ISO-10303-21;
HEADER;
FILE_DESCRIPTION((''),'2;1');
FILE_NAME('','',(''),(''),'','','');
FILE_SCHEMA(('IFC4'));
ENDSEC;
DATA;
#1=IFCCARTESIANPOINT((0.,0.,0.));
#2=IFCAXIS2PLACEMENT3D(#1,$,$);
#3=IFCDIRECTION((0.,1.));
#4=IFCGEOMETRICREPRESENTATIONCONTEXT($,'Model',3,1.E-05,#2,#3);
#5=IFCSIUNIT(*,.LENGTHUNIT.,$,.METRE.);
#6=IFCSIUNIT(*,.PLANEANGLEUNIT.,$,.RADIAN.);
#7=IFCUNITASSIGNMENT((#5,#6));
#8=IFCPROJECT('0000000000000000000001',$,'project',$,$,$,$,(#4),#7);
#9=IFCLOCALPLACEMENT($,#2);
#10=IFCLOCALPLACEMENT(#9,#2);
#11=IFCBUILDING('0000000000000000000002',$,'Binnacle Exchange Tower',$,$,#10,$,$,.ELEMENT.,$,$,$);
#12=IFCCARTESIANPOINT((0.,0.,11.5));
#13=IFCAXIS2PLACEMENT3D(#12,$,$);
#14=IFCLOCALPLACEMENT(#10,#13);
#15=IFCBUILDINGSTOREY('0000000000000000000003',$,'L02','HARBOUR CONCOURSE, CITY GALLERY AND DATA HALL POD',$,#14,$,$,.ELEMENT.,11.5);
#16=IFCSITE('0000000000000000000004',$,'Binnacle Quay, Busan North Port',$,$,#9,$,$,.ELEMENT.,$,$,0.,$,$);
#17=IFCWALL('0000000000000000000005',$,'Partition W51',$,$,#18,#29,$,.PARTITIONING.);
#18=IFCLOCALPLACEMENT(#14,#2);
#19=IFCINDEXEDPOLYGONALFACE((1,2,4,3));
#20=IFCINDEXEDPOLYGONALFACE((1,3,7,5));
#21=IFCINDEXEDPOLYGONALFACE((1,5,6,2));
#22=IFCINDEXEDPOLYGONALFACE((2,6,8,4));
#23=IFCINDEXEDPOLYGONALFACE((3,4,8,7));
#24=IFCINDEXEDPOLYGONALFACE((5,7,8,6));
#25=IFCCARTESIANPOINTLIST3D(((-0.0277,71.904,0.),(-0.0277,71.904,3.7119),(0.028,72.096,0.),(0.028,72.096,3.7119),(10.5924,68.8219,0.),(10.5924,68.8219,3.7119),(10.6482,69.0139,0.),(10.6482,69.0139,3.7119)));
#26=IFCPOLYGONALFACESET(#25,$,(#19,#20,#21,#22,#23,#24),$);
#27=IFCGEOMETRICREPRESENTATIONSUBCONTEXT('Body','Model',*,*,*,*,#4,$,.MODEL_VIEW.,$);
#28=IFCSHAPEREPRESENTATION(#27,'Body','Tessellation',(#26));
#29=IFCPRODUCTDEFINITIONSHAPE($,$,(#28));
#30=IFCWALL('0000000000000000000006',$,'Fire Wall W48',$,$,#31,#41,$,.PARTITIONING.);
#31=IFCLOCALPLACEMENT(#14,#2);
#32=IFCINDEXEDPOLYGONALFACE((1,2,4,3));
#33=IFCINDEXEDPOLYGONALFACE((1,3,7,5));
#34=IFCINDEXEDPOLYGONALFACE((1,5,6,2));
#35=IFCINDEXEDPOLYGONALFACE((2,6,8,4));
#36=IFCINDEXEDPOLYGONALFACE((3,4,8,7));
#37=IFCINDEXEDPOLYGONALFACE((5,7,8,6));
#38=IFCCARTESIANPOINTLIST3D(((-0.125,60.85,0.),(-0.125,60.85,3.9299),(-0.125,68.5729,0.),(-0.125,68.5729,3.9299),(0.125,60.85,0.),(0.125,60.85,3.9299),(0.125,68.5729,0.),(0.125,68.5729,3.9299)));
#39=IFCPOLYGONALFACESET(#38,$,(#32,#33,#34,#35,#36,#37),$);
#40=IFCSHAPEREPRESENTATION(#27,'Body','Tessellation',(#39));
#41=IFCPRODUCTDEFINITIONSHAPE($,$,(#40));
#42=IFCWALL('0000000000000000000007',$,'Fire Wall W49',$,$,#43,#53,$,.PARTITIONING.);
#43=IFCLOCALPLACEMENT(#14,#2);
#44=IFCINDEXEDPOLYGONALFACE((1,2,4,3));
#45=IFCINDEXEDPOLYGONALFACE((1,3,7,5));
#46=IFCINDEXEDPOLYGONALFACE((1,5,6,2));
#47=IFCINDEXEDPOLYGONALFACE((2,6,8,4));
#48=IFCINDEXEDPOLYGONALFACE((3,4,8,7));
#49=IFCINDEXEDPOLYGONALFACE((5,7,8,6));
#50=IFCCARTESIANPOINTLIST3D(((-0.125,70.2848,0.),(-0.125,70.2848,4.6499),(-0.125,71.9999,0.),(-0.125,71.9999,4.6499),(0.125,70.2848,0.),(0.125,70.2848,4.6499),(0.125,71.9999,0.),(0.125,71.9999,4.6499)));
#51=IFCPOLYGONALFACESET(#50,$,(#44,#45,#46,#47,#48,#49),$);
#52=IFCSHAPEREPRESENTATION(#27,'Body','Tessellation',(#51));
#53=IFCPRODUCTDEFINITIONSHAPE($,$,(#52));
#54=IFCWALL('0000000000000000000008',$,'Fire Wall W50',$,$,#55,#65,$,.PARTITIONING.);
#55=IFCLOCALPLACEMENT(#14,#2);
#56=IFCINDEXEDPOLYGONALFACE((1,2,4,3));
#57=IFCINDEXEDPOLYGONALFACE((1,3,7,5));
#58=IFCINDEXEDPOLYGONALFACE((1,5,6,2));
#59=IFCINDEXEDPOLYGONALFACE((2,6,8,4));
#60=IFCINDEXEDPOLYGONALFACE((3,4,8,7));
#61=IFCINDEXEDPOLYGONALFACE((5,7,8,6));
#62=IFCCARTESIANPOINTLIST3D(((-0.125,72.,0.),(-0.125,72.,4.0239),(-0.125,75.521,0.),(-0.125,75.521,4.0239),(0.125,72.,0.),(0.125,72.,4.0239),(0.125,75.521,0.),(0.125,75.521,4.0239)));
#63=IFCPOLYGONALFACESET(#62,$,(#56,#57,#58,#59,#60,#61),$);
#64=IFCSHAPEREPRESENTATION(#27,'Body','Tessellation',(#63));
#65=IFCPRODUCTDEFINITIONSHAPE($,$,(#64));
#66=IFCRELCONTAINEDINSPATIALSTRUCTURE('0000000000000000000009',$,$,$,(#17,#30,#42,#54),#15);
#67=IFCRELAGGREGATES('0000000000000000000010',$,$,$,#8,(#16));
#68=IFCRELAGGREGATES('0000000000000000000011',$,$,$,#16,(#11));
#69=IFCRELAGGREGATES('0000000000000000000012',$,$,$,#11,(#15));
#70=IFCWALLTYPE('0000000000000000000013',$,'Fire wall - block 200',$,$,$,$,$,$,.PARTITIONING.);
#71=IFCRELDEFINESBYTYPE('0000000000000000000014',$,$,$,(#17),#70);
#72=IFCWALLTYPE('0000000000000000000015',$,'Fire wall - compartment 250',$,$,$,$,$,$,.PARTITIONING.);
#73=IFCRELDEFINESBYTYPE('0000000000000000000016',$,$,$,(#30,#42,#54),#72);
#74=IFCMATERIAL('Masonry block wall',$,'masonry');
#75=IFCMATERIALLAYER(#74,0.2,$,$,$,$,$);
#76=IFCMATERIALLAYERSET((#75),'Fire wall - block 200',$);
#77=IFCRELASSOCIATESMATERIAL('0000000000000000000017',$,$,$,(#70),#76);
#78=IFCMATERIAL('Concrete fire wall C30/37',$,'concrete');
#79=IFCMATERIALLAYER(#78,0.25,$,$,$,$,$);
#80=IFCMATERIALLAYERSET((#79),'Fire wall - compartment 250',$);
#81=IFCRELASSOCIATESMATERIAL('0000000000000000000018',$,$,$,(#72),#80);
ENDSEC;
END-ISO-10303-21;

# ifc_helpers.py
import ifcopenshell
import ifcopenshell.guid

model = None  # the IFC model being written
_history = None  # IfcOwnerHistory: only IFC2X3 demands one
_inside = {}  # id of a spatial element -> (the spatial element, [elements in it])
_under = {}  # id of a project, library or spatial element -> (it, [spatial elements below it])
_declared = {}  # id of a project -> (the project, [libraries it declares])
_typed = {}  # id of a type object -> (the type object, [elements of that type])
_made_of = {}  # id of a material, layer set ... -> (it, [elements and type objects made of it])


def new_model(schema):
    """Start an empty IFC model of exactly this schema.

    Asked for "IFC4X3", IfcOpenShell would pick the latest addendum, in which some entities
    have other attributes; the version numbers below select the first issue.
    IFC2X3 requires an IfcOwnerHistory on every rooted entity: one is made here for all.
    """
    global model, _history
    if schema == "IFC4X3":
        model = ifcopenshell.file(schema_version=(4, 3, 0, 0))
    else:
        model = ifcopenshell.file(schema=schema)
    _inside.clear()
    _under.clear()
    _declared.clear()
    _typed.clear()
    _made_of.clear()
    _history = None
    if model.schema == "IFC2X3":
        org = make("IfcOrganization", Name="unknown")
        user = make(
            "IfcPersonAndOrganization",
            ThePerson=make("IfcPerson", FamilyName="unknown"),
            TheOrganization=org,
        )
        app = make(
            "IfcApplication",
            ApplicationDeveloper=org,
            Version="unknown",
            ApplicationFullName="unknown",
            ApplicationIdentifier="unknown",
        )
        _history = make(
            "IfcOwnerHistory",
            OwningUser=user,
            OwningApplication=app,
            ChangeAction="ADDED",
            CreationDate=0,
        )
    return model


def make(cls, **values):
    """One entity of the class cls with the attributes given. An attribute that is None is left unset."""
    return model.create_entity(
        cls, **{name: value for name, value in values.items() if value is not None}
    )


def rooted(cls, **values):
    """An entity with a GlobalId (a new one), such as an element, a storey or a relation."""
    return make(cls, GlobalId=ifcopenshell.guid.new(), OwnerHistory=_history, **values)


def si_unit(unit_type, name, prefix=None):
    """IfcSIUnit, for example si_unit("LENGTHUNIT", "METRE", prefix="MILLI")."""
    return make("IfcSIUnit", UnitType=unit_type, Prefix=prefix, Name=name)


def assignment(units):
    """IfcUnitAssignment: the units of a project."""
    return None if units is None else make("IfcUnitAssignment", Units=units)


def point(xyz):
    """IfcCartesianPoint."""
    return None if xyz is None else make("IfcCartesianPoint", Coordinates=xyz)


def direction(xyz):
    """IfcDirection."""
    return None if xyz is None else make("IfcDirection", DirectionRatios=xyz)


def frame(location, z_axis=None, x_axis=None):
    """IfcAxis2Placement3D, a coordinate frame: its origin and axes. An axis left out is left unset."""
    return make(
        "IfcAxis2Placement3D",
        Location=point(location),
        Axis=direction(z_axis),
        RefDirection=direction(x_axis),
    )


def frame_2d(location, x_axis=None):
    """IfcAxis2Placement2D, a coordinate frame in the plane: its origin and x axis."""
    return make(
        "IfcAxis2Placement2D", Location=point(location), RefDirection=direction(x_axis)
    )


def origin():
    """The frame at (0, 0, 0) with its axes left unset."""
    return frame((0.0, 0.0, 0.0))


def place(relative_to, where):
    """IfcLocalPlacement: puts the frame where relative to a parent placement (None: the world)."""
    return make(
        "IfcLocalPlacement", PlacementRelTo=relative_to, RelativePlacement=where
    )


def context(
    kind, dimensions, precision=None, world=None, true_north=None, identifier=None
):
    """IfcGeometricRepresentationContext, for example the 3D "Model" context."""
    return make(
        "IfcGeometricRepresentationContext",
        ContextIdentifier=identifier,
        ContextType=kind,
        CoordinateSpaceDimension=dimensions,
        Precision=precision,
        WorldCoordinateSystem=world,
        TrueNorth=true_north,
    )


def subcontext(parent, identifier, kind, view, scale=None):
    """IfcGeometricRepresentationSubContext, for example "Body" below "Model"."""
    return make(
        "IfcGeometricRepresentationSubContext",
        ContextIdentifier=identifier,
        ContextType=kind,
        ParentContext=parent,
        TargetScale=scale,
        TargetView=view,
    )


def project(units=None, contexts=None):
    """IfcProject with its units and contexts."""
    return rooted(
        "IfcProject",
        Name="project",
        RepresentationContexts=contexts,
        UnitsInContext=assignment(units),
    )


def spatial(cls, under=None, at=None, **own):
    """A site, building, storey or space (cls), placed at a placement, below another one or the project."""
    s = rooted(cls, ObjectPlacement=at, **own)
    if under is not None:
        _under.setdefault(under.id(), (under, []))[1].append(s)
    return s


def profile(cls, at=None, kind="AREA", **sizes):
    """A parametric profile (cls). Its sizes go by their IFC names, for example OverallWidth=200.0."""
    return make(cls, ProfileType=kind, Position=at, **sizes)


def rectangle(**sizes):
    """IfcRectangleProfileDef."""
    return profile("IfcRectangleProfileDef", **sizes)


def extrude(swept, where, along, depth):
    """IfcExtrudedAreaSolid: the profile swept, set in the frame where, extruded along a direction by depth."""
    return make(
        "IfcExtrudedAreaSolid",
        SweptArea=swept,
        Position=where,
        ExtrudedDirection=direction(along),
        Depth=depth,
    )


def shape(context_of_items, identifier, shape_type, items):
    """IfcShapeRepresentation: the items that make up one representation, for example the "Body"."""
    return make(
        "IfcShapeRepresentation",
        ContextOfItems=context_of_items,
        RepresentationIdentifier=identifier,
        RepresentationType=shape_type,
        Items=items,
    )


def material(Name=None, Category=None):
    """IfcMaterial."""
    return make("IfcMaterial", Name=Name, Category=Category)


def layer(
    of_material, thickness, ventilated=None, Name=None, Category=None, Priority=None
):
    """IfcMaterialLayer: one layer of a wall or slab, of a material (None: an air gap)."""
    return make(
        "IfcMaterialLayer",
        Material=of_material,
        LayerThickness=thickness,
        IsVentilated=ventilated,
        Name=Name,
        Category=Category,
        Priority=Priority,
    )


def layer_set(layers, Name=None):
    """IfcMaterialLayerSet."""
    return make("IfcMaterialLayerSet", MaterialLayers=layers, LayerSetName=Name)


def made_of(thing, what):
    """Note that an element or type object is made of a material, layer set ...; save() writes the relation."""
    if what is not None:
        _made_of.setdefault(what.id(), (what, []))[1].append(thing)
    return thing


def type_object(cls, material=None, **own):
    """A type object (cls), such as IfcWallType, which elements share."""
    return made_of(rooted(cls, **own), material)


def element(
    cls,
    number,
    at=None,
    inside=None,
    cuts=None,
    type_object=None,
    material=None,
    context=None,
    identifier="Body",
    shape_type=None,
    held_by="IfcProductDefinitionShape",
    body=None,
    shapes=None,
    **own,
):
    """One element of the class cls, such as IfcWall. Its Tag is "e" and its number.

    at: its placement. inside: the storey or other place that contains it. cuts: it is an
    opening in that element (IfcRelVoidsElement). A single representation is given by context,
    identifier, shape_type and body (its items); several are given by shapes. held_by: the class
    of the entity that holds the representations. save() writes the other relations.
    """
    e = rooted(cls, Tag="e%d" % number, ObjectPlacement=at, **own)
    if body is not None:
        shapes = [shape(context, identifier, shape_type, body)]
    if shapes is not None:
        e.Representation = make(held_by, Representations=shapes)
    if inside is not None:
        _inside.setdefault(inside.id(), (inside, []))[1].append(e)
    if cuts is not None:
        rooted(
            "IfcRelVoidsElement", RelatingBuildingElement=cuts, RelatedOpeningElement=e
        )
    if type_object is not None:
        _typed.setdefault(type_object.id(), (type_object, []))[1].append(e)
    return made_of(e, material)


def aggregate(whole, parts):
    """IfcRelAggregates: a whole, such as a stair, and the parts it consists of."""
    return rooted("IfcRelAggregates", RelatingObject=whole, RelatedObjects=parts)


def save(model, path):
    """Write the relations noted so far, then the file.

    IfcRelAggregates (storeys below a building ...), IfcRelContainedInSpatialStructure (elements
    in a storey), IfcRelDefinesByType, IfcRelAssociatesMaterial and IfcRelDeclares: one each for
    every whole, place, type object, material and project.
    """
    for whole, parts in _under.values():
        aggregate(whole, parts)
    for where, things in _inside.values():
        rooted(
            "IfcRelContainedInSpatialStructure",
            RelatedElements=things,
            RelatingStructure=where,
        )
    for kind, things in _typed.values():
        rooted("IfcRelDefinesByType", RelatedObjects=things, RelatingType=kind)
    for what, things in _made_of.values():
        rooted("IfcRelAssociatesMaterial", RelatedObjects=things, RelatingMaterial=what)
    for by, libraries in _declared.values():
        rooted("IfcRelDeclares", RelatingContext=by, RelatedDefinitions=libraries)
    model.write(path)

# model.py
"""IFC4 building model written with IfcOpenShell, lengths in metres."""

from ifc_helpers import new_model, si_unit, direction, frame, frame_2d, origin, place, context, subcontext, project, spatial, rectangle, extrude, material, layer, layer_set, type_object, element, save


model = new_model("IFC4")

# Units and contexts
model_context = context("Model", 3, precision=1e-05, world=origin(), true_north=direction((0.0, 1.0)))
body_context = subcontext(model_context, "Body", "Model", "MODEL_VIEW")
ifc_project = project(units=[si_unit("LENGTHUNIT", "METRE"), si_unit("PLANEANGLEUNIT", "RADIAN")], contexts=[model_context])

# Site, building, storey
site_placement = place(None, origin())
site = spatial("IfcSite", under=ifc_project, at=site_placement, Name="Binnacle Quay, Busan North Port", CompositionType="ELEMENT", RefElevation=0.0)
building_placement = place(site_placement, origin())
building = spatial("IfcBuilding", under=site, at=building_placement, Name="Binnacle Exchange Tower", CompositionType="ELEMENT")
storey_placement = place(building_placement, frame((0.0, 0.0, 11.5)))
storey = spatial("IfcBuildingStorey", under=building, at=storey_placement, Name="L02", Description="HARBOUR CONCOURSE, CITY GALLERY AND DATA HALL POD", CompositionType="ELEMENT", Elevation=11.5)

# Walls
ifc_material_1 = material(Name="Masonry block wall", Category="masonry")
ifc_layer_1 = layer(ifc_material_1, 0.2)
ifc_layer_set_1 = layer_set([ifc_layer_1], Name="Fire wall - block 200")
wall_type_1 = type_object("IfcWallType", Name="Fire wall - block 200", PredefinedType="PARTITIONING", material=ifc_layer_set_1)
wall_1_placement = place(storey_placement, frame((0.0, 72.0, 0.0), z_axis=(0.0, 0.0, 1.0), x_axis=(0.960376, -0.278708, 0.0)))
element("IfcWall", 1, at=wall_1_placement, inside=storey, type_object=wall_type_1, Name="Partition W51", PredefinedType="PARTITIONING", context=body_context, shape_type="SweptSolid", body=[
    extrude(rectangle(XDim=11.0583, YDim=0.2, at=frame_2d((5.5293, 0.0))), origin(), (0.0, 0.0, 1.0), 3.7119),
])
ifc_material_2 = material(Name="Concrete fire wall C30/37", Category="concrete")
ifc_layer_2 = layer(ifc_material_2, 0.25)
ifc_layer_set_2 = layer_set([ifc_layer_2], Name="Fire wall - compartment 250")
wall_type_2 = type_object("IfcWallType", Name="Fire wall - compartment 250", PredefinedType="PARTITIONING", material=ifc_layer_set_2)
wall_2_placement = place(storey_placement, frame((0.0, 60.8501, 0.0), z_axis=(0.0, 0.0, 1.0), x_axis=(0.0, 1.0, 0.0)))
element("IfcWall", 2, at=wall_2_placement, inside=storey, type_object=wall_type_2, Name="Fire Wall W48", PredefinedType="PARTITIONING", context=body_context, shape_type="SweptSolid", body=[
    extrude(rectangle(XDim=7.7229, YDim=0.25, at=frame_2d((3.8613, 0.0))), origin(), (0.0, 0.0, 1.0), 3.9299),
])
wall_3_placement = place(storey_placement, frame((0.0, 70.2849, 0.0), z_axis=(0.0, 0.0, 1.0), x_axis=(0.0, 1.0, 0.0)))
element("IfcWall", 3, at=wall_3_placement, inside=storey, type_object=wall_type_2, Name="Fire Wall W49", PredefinedType="PARTITIONING", context=body_context, shape_type="SweptSolid", body=[
    extrude(rectangle(XDim=1.7151, YDim=0.25, at=frame_2d((0.8574, 0.0))), origin(), (0.0, 0.0, 1.0), 4.6499),
])
wall_4_placement = place(storey_placement, frame((0.0, 72.0, 0.0), z_axis=(0.0, 0.0, 1.0), x_axis=(0.0, 1.0, 0.0)))
element("IfcWall", 4, at=wall_4_placement, inside=storey, type_object=wall_type_2, Name="Fire Wall W50", PredefinedType="PARTITIONING", context=body_context, shape_type="SweptSolid", body=[
    extrude(rectangle(XDim=3.521, YDim=0.25, at=frame_2d((1.7605, 0.0))), origin(), (0.0, 0.0, 1.0), 4.0239),
])

save(model, "model.ifc")
